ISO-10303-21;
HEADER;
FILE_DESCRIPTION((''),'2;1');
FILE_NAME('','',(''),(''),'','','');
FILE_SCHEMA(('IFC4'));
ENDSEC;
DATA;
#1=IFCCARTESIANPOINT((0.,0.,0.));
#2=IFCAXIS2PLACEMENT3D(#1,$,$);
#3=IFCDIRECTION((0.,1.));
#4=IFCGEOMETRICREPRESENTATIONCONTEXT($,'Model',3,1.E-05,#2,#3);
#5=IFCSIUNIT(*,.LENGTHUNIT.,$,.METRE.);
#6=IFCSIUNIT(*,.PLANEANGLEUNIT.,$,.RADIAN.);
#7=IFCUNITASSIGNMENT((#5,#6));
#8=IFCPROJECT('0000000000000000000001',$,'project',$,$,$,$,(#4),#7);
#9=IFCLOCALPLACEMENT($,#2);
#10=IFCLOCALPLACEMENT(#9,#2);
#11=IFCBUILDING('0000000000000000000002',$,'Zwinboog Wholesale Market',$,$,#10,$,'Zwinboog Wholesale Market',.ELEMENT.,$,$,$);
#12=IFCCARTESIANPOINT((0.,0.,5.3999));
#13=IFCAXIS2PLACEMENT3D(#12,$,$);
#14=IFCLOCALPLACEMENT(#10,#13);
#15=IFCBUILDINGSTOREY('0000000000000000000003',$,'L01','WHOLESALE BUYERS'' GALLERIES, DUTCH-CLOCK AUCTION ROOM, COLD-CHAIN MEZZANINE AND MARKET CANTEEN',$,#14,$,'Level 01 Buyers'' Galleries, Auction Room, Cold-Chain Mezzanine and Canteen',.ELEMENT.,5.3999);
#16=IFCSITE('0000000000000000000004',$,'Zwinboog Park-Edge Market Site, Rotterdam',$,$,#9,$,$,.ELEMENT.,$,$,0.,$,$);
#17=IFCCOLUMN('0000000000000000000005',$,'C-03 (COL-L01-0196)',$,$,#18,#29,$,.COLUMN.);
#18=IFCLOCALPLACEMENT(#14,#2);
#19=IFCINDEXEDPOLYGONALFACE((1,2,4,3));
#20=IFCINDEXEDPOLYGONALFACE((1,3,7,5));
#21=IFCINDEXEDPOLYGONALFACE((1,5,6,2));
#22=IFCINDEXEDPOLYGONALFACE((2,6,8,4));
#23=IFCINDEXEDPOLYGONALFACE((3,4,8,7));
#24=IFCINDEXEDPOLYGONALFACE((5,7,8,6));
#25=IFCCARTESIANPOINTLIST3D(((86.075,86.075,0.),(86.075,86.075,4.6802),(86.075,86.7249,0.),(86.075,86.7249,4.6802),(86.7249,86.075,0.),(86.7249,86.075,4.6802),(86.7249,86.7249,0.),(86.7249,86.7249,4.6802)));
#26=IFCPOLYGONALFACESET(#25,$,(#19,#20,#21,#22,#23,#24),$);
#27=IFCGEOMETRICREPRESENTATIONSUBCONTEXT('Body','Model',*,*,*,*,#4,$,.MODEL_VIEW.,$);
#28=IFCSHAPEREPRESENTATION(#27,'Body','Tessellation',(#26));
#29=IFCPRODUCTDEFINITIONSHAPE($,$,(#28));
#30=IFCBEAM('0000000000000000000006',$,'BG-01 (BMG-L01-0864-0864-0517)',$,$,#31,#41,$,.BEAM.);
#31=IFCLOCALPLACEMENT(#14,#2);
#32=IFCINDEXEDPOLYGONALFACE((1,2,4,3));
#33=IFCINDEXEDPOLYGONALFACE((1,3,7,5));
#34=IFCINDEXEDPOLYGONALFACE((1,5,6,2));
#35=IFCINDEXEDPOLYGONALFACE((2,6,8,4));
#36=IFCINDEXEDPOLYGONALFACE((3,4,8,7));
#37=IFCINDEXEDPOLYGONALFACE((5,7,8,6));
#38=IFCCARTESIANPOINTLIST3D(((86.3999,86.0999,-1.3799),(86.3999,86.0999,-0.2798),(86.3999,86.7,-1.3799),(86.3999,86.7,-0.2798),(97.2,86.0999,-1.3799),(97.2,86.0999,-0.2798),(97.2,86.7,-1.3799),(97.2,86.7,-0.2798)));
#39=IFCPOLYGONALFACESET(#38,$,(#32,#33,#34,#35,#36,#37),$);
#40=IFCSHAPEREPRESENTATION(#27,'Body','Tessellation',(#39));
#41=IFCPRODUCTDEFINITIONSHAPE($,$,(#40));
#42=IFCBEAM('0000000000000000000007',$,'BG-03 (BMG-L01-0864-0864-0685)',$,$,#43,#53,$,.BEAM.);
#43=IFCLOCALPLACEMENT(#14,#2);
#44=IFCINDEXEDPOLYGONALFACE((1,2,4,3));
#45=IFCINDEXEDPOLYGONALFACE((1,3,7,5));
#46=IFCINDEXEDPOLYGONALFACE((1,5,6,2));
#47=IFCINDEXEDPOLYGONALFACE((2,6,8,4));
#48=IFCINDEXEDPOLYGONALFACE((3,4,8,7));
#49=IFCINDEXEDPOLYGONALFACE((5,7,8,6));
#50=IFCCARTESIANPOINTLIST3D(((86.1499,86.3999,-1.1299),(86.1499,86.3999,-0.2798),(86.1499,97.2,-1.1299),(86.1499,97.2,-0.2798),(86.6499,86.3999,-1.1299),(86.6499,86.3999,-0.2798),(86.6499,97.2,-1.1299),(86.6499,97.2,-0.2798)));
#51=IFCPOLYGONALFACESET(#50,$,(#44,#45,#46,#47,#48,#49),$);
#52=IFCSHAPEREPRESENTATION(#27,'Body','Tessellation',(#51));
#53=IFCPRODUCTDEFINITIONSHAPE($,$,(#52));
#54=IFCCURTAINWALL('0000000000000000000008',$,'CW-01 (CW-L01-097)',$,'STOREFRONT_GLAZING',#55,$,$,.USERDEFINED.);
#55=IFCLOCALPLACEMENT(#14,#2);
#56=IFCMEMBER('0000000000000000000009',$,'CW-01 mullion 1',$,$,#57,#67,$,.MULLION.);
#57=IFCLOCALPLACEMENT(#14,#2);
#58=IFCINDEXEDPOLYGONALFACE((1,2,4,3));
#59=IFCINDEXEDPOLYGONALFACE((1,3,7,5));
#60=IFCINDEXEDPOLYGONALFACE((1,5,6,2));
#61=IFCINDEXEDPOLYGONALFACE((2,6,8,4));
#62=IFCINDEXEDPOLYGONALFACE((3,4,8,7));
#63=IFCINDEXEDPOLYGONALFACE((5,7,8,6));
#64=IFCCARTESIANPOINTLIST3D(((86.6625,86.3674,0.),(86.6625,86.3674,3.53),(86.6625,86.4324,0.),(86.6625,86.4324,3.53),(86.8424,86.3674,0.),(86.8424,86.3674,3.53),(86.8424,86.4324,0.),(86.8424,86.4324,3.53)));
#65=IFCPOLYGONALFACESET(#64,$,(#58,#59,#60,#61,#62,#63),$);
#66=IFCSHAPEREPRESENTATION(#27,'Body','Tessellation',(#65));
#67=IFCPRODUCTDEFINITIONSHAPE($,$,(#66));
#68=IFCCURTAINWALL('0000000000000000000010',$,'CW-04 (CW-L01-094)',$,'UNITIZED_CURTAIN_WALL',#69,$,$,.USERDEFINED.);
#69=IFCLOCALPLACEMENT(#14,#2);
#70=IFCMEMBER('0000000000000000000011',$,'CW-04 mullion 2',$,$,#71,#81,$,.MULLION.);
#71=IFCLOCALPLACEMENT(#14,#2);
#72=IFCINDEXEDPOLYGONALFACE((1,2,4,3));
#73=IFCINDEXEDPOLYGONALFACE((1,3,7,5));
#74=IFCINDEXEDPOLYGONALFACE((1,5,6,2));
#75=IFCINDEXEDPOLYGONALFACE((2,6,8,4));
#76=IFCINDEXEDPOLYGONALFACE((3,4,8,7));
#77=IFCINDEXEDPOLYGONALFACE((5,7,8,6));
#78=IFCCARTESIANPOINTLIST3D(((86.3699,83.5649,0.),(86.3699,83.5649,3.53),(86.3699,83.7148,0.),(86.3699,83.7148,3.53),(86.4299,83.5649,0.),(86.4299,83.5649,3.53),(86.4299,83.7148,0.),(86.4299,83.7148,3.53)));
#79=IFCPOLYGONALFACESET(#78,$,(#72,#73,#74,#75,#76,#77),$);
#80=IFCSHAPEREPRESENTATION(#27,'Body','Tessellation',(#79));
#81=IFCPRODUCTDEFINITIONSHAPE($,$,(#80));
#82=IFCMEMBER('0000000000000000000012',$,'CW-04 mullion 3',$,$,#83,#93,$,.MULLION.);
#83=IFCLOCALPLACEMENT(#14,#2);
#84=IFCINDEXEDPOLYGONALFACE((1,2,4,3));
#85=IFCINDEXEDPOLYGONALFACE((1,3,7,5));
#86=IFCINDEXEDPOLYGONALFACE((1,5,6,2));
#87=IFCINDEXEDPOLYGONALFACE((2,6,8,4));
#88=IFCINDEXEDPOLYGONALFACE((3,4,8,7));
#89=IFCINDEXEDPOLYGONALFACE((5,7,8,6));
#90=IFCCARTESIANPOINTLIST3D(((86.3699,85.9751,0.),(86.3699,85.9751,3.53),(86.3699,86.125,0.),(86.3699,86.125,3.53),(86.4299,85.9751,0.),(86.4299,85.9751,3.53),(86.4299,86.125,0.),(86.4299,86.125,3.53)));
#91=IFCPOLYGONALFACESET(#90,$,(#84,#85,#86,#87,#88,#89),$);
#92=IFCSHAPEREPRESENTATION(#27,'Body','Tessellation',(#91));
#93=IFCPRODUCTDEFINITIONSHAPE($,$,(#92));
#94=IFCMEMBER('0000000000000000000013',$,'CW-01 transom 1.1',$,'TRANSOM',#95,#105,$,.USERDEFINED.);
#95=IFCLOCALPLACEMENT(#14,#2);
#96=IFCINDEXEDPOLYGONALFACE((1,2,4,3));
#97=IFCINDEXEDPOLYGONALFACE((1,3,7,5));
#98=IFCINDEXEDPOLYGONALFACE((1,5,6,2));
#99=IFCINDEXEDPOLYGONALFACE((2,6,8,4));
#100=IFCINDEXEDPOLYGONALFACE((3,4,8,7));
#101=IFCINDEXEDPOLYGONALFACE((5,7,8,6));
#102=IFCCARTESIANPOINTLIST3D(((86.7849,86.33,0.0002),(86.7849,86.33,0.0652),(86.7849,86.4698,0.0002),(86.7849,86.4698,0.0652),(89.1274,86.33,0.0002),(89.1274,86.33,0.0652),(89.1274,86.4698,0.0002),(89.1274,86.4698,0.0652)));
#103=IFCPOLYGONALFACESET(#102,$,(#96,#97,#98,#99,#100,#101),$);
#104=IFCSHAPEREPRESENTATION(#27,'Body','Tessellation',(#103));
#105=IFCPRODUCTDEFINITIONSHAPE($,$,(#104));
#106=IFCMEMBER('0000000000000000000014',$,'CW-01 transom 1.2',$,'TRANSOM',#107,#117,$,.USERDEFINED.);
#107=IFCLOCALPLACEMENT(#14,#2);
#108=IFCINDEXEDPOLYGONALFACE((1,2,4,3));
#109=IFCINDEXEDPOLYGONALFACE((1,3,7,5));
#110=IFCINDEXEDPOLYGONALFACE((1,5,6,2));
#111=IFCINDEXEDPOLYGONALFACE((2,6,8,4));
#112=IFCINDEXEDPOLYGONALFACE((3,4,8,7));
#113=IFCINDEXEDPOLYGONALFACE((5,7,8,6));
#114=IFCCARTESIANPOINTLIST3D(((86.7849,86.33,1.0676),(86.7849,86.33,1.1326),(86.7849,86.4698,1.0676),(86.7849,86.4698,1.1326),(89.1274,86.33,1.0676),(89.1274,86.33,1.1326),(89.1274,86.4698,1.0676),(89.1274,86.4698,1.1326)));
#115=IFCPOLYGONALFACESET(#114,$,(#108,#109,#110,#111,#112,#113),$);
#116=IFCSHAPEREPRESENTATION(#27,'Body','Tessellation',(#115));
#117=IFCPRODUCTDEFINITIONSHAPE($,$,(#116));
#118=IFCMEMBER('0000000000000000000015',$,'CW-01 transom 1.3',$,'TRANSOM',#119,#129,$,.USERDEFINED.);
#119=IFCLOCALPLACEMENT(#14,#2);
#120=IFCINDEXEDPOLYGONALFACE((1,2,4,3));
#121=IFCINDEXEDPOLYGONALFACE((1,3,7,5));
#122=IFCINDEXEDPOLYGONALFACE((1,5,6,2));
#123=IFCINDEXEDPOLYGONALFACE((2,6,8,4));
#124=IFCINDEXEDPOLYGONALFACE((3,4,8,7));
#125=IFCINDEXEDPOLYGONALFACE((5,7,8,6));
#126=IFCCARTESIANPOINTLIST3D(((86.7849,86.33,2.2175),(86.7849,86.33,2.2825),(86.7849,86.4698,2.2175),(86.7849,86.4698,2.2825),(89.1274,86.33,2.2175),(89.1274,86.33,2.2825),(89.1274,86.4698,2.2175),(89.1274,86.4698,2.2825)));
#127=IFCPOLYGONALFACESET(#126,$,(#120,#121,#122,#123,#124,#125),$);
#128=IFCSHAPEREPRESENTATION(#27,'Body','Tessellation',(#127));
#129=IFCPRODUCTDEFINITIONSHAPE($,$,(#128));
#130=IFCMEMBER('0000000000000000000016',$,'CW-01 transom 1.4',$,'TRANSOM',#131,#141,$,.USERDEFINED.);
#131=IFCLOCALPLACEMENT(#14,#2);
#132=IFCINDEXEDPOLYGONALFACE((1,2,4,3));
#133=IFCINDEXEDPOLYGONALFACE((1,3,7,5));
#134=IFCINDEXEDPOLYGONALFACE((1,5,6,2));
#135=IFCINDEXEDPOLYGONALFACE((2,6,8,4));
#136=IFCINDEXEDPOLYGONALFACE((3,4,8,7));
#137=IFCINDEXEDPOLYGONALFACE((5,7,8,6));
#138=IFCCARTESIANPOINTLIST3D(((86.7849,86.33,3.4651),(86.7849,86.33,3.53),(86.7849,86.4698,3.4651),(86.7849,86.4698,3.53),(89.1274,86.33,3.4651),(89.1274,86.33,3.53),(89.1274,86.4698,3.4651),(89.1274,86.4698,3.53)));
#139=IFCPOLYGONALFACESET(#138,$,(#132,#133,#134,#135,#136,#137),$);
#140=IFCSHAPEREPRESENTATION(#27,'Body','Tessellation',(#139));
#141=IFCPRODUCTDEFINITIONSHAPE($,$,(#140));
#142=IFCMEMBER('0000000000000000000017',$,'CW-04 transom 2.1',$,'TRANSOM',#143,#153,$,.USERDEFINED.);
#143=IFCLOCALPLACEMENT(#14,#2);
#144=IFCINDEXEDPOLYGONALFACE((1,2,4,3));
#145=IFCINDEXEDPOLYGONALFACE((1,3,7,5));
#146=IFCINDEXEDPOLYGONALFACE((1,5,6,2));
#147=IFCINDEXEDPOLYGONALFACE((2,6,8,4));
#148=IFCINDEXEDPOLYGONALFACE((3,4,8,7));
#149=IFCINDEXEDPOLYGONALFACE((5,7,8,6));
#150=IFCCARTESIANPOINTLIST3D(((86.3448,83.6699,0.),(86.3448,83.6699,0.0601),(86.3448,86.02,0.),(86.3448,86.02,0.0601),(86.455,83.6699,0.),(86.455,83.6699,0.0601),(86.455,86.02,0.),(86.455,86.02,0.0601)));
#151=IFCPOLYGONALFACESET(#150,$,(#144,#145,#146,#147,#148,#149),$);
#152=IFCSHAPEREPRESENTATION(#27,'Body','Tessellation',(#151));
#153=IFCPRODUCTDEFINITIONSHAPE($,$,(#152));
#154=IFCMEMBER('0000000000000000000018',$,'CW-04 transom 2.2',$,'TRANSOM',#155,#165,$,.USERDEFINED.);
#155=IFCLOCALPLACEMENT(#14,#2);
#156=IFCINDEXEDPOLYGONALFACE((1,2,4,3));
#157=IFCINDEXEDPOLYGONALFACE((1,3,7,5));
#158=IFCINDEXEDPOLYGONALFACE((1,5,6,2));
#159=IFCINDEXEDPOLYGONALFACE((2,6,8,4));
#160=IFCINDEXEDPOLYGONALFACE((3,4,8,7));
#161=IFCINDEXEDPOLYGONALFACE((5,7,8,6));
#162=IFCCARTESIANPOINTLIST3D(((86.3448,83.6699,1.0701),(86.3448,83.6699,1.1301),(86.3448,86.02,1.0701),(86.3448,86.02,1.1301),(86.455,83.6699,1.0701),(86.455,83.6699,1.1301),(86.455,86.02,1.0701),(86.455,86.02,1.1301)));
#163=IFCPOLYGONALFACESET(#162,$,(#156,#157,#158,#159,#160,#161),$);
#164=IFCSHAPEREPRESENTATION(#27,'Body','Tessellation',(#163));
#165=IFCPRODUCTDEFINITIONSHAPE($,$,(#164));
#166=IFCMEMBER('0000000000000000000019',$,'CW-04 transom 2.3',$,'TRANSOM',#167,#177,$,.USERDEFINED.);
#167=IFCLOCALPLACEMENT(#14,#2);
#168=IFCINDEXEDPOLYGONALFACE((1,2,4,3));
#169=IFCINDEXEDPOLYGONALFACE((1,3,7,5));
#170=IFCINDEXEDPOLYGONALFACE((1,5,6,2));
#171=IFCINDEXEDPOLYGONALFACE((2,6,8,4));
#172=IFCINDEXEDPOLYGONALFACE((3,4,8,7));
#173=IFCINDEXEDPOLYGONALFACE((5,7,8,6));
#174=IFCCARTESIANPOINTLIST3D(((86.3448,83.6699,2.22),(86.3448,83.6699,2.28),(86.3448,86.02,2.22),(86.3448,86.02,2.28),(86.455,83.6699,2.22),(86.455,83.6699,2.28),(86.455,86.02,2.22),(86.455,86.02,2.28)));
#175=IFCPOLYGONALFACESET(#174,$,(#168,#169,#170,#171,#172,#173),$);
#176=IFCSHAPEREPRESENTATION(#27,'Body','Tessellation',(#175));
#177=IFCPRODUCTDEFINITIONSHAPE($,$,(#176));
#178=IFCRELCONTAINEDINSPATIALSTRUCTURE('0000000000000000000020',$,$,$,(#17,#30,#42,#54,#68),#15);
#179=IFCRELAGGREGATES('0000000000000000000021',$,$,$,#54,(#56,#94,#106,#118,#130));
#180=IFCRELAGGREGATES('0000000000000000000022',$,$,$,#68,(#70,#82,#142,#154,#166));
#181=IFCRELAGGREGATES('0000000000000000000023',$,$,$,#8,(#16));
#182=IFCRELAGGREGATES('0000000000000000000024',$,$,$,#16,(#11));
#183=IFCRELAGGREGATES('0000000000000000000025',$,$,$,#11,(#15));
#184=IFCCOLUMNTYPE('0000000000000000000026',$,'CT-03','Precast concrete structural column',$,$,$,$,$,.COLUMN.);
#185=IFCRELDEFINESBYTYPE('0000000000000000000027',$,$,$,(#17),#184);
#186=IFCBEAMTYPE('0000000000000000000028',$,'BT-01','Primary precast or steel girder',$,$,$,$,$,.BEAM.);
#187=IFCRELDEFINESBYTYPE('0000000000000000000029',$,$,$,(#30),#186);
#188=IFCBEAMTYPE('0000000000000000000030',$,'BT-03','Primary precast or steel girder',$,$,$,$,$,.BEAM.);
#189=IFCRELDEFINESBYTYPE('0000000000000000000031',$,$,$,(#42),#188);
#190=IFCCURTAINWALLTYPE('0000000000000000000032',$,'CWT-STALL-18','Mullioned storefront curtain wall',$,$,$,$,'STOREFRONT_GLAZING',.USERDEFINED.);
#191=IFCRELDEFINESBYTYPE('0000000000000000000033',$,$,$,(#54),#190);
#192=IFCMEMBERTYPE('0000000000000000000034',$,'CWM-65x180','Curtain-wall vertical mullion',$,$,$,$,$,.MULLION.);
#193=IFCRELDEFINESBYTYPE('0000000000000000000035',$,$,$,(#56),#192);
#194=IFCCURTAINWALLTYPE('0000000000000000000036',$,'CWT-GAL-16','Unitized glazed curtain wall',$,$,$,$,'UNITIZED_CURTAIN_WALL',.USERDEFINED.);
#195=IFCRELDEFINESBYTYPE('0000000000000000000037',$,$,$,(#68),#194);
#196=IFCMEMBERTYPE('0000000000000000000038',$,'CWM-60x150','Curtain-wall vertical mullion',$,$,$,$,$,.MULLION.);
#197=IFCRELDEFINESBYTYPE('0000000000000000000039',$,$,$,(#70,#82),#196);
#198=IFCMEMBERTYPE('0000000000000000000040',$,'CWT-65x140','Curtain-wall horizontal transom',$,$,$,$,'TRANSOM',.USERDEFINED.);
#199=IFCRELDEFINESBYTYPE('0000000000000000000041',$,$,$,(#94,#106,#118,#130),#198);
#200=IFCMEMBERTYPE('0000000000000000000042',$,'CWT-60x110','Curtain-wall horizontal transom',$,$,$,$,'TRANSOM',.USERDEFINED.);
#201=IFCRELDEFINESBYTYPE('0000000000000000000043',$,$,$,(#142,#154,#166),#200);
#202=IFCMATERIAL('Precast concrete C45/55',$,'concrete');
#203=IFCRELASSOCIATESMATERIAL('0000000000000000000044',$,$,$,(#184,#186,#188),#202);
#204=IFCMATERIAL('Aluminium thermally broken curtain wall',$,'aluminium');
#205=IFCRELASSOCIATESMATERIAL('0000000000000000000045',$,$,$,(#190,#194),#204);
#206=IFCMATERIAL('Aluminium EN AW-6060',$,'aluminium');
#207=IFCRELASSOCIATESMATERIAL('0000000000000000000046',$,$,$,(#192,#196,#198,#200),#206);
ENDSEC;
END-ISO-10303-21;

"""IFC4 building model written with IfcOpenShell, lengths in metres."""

from ifc_helpers import new_model, si_unit, direction, frame, origin, origin_2d, place, context, subcontext, project, spatial, rectangle, extrude, material, material_profile, profile_set, type_object, element, aggregate, save


model = new_model("IFC4")

# Units and contexts
model_context = context("Model", 3, precision=1e-05, world=origin(), true_north=direction((0.0, 1.0)))
body_context = subcontext(model_context, "Body", "Model", "MODEL_VIEW")
ifc_project = project(units=[si_unit("LENGTHUNIT", "METRE"), si_unit("PLANEANGLEUNIT", "RADIAN")], contexts=[model_context])

# Site, building, storey
site_placement = place(None, origin())
site = spatial("IfcSite", under=ifc_project, at=site_placement, Name="Zwinboog Park-Edge Market Site, Rotterdam", CompositionType="ELEMENT", RefElevation=0.0)
building_placement = place(site_placement, origin())
building = spatial("IfcBuilding", under=site, at=building_placement, Name="Zwinboog Wholesale Market", LongName="Zwinboog Wholesale Market", CompositionType="ELEMENT")
storey_placement = place(building_placement, frame((0.0, 0.0, 5.3999)))
storey = spatial("IfcBuildingStorey", under=building, at=storey_placement, Name="L01", Description="WHOLESALE BUYERS' GALLERIES, DUTCH-CLOCK AUCTION ROOM, COLD-CHAIN MEZZANINE AND MARKET CANTEEN", LongName="Level 01 Buyers' Galleries, Auction Room, Cold-Chain Mezzanine and Canteen", CompositionType="ELEMENT", Elevation=5.3999)

# Column
ifc_material_1 = material(Name="Precast concrete C45/55", Category="concrete")
ifc_material_profile_1 = material_profile(ifc_material_1, rectangle(XDim=0.6499, YDim=0.6499, at=origin_2d()), Name="PC 650x650")
ifc_profile_set_1 = profile_set([ifc_material_profile_1], Name="Precast concrete C45/55")
column_type = type_object("IfcColumnType", Name="CT-03", Description="Precast concrete structural column", PredefinedType="COLUMN", material=ifc_profile_set_1)
column_placement = place(storey_placement, frame((86.3999, 86.3999, 0.0), z_axis=(0.0, 0.0, 1.0), x_axis=(1.0, 0.0, 0.0)))
element("IfcColumn", 1, at=column_placement, inside=storey, type_object=column_type, Name="C-03 (COL-L01-0196)", PredefinedType="COLUMN", context=body_context, shape_type="SweptSolid", body=[
    extrude(rectangle(XDim=0.6499, YDim=0.6499, at=origin_2d()), origin(), (0.0, 0.0, 1.0), 4.6802),
])

# Beams
ifc_material_profile_2 = material_profile(ifc_material_1, rectangle(XDim=0.6001, YDim=1.1001, at=origin_2d()), Name="PC 600x1100")
ifc_profile_set_2 = profile_set([ifc_material_profile_2], Name="Precast concrete C45/55")
beam_type_1 = type_object("IfcBeamType", Name="BT-01", Description="Primary precast or steel girder", PredefinedType="BEAM", material=ifc_profile_set_2)
beam_1_placement = place(storey_placement, frame((86.3999, 86.3999, -0.8298), z_axis=(1.0, 0.0, 0.0), x_axis=(0.0, 1.0, 0.0)))
element("IfcBeam", 2, at=beam_1_placement, inside=storey, type_object=beam_type_1, Name="BG-01 (BMG-L01-0864-0864-0517)", PredefinedType="BEAM", context=body_context, shape_type="SweptSolid", body=[
    extrude(rectangle(XDim=0.6001, YDim=1.1001, at=origin_2d()), origin(), (0.0, 0.0, 1.0), 10.8),
])
ifc_material_profile_3 = material_profile(ifc_material_1, rectangle(XDim=0.5, YDim=0.8501, at=origin_2d()), Name="PC 500x850")
ifc_profile_set_3 = profile_set([ifc_material_profile_3], Name="Precast concrete C45/55")
beam_type_2 = type_object("IfcBeamType", Name="BT-03", Description="Primary precast or steel girder", PredefinedType="BEAM", material=ifc_profile_set_3)
beam_2_placement = place(storey_placement, frame((86.3999, 86.3999, -0.7048), z_axis=(0.0, 1.0, 0.0), x_axis=(-1.0, 0.0, 0.0)))
element("IfcBeam", 3, at=beam_2_placement, inside=storey, type_object=beam_type_2, Name="BG-03 (BMG-L01-0864-0864-0685)", PredefinedType="BEAM", context=body_context, shape_type="SweptSolid", body=[
    extrude(rectangle(XDim=0.5, YDim=0.8501, at=origin_2d()), origin(), (0.0, 0.0, 1.0), 10.8),
])

# Curtain wall, member
ifc_material_2 = material(Name="Aluminium thermally broken curtain wall", Category="aluminium")
curtain_wall_type_1 = type_object("IfcCurtainWallType", Name="CWT-STALL-18", Description="Mullioned storefront curtain wall", ElementType="STOREFRONT_GLAZING", PredefinedType="USERDEFINED", material=ifc_material_2)
curtain_wall_1_placement = place(storey_placement, origin())
curtain_wall_1 = element("IfcCurtainWall", 4, at=curtain_wall_1_placement, inside=storey, type_object=curtain_wall_type_1, Name="CW-01 (CW-L01-097)", ObjectType="STOREFRONT_GLAZING", PredefinedType="USERDEFINED")
ifc_material_3 = material(Name="Aluminium EN AW-6060", Category="aluminium")
ifc_material_profile_4 = material_profile(ifc_material_3, rectangle(XDim=0.0649, YDim=0.1799, at=origin_2d()), Name="AL 65x180")
ifc_profile_set_4 = profile_set([ifc_material_profile_4], Name="Aluminium EN AW-6060")
member_type_1 = type_object("IfcMemberType", Name="CWM-65x180", Description="Curtain-wall vertical mullion", PredefinedType="MULLION", material=ifc_profile_set_4)
member_1_placement = place(storey_placement, frame((86.7524, 86.3999, 0.0), z_axis=(0.0, 0.0, 1.0), x_axis=(0.0, 1.0, 0.0)))
member_1 = element("IfcMember", 5, at=member_1_placement, type_object=member_type_1, Name="CW-01 mullion 1", PredefinedType="MULLION", context=body_context, shape_type="SweptSolid", body=[
    extrude(rectangle(XDim=0.0649, YDim=0.1799, at=origin_2d()), origin(), (0.0, 0.0, 1.0), 3.53),
])

# Curtain wall, members
curtain_wall_type_2 = type_object("IfcCurtainWallType", Name="CWT-GAL-16", Description="Unitized glazed curtain wall", ElementType="UNITIZED_CURTAIN_WALL", PredefinedType="USERDEFINED", material=ifc_material_2)
curtain_wall_2_placement = place(storey_placement, origin())
curtain_wall_2 = element("IfcCurtainWall", 6, at=curtain_wall_2_placement, inside=storey, type_object=curtain_wall_type_2, Name="CW-04 (CW-L01-094)", ObjectType="UNITIZED_CURTAIN_WALL", PredefinedType="USERDEFINED")
ifc_material_profile_5 = material_profile(ifc_material_3, rectangle(XDim=0.0601, YDim=0.1499, at=origin_2d()), Name="AL 60x150")
ifc_profile_set_5 = profile_set([ifc_material_profile_5], Name="Aluminium EN AW-6060")
member_type_2 = type_object("IfcMemberType", Name="CWM-60x150", Description="Curtain-wall vertical mullion", PredefinedType="MULLION", material=ifc_profile_set_5)
member_2_placement = place(storey_placement, frame((86.3999, 83.6399, 0.0), z_axis=(0.0, 0.0, 1.0), x_axis=(-1.0, 0.0, 0.0)))
member_2 = element("IfcMember", 7, at=member_2_placement, type_object=member_type_2, Name="CW-04 mullion 2", PredefinedType="MULLION", context=body_context, shape_type="SweptSolid", body=[
    extrude(rectangle(XDim=0.0601, YDim=0.1499, at=origin_2d()), origin(), (0.0, 0.0, 1.0), 3.53),
])
member_3_placement = place(storey_placement, frame((86.3999, 86.05, 0.0), z_axis=(0.0, 0.0, 1.0), x_axis=(-1.0, 0.0, 0.0)))
member_3 = element("IfcMember", 8, at=member_3_placement, type_object=member_type_2, Name="CW-04 mullion 3", PredefinedType="MULLION", context=body_context, shape_type="SweptSolid", body=[
    extrude(rectangle(XDim=0.0601, YDim=0.1499, at=origin_2d()), origin(), (0.0, 0.0, 1.0), 3.53),
])

# Members
ifc_material_profile_6 = material_profile(ifc_material_3, rectangle(XDim=0.1399, YDim=0.0649, at=origin_2d()), Name="AL 65x140")
ifc_profile_set_6 = profile_set([ifc_material_profile_6], Name="Aluminium EN AW-6060")
member_type_3 = type_object("IfcMemberType", Name="CWT-65x140", Description="Curtain-wall horizontal transom", ElementType="TRANSOM", PredefinedType="USERDEFINED", material=ifc_profile_set_6)
member_4_placement = place(storey_placement, frame((86.7849, 86.3999, 0.0327), z_axis=(1.0, 0.0, 0.0), x_axis=(0.0, 1.0, 0.0)))
member_4 = element("IfcMember", 9, at=member_4_placement, type_object=member_type_3, Name="CW-01 transom 1.1", ObjectType="TRANSOM", PredefinedType="USERDEFINED", context=body_context, shape_type="SweptSolid", body=[
    extrude(rectangle(XDim=0.1399, YDim=0.0649, at=origin_2d()), origin(), (0.0, 0.0, 1.0), 2.3425),
])
member_5_placement = place(storey_placement, frame((86.7849, 86.3999, 1.1001), z_axis=(1.0, 0.0, 0.0), x_axis=(0.0, 1.0, 0.0)))
member_5 = element("IfcMember", 10, at=member_5_placement, type_object=member_type_3, Name="CW-01 transom 1.2", ObjectType="TRANSOM", PredefinedType="USERDEFINED", context=body_context, shape_type="SweptSolid", body=[
    extrude(rectangle(XDim=0.1399, YDim=0.0649, at=origin_2d()), origin(), (0.0, 0.0, 1.0), 2.3425),
])
member_6_placement = place(storey_placement, frame((86.7849, 86.3999, 2.25), z_axis=(1.0, 0.0, 0.0), x_axis=(0.0, 1.0, 0.0)))
member_6 = element("IfcMember", 11, at=member_6_placement, type_object=member_type_3, Name="CW-01 transom 1.3", ObjectType="TRANSOM", PredefinedType="USERDEFINED", context=body_context, shape_type="SweptSolid", body=[
    extrude(rectangle(XDim=0.1399, YDim=0.0649, at=origin_2d()), origin(), (0.0, 0.0, 1.0), 2.3425),
])
member_7_placement = place(storey_placement, frame((86.7849, 86.3999, 3.4976), z_axis=(1.0, 0.0, 0.0), x_axis=(0.0, 1.0, 0.0)))
member_7 = element("IfcMember", 12, at=member_7_placement, type_object=member_type_3, Name="CW-01 transom 1.4", ObjectType="TRANSOM", PredefinedType="USERDEFINED", context=body_context, shape_type="SweptSolid", body=[
    extrude(rectangle(XDim=0.1399, YDim=0.0649, at=origin_2d()), origin(), (0.0, 0.0, 1.0), 2.3425),
])
aggregate(curtain_wall_1, [member_1, member_4, member_5, member_6, member_7])
ifc_material_profile_7 = material_profile(ifc_material_3, rectangle(XDim=0.1101, YDim=0.0601, at=origin_2d()), Name="AL 60x110")
ifc_profile_set_7 = profile_set([ifc_material_profile_7], Name="Aluminium EN AW-6060")
member_type_4 = type_object("IfcMemberType", Name="CWT-60x110", Description="Curtain-wall horizontal transom", ElementType="TRANSOM", PredefinedType="USERDEFINED", material=ifc_profile_set_7)
member_8_placement = place(storey_placement, frame((86.3999, 83.6699, 0.03), z_axis=(0.0, 1.0, 0.0), x_axis=(-1.0, 0.0, 0.0)))
member_8 = element("IfcMember", 13, at=member_8_placement, type_object=member_type_4, Name="CW-04 transom 2.1", ObjectType="TRANSOM", PredefinedType="USERDEFINED", context=body_context, shape_type="SweptSolid", body=[
    extrude(rectangle(XDim=0.1101, YDim=0.0601, at=origin_2d()), origin(), (0.0, 0.0, 1.0), 2.3501),
])
member_9_placement = place(storey_placement, frame((86.3999, 83.6699, 1.1001), z_axis=(0.0, 1.0, 0.0), x_axis=(-1.0, 0.0, 0.0)))
member_9 = element("IfcMember", 14, at=member_9_placement, type_object=member_type_4, Name="CW-04 transom 2.2", ObjectType="TRANSOM", PredefinedType="USERDEFINED", context=body_context, shape_type="SweptSolid", body=[
    extrude(rectangle(XDim=0.1101, YDim=0.0601, at=origin_2d()), origin(), (0.0, 0.0, 1.0), 2.3501),
])
member_10_placement = place(storey_placement, frame((86.3999, 83.6699, 2.25), z_axis=(0.0, 1.0, 0.0), x_axis=(-1.0, 0.0, 0.0)))
member_10 = element("IfcMember", 15, at=member_10_placement, type_object=member_type_4, Name="CW-04 transom 2.3", ObjectType="TRANSOM", PredefinedType="USERDEFINED", context=body_context, shape_type="SweptSolid", body=[
    extrude(rectangle(XDim=0.1101, YDim=0.0601, at=origin_2d()), origin(), (0.0, 0.0, 1.0), 2.3501),
])

aggregate(curtain_wall_2, [member_2, member_3, member_8, member_9, member_10])

save(model, "model.ifc")
